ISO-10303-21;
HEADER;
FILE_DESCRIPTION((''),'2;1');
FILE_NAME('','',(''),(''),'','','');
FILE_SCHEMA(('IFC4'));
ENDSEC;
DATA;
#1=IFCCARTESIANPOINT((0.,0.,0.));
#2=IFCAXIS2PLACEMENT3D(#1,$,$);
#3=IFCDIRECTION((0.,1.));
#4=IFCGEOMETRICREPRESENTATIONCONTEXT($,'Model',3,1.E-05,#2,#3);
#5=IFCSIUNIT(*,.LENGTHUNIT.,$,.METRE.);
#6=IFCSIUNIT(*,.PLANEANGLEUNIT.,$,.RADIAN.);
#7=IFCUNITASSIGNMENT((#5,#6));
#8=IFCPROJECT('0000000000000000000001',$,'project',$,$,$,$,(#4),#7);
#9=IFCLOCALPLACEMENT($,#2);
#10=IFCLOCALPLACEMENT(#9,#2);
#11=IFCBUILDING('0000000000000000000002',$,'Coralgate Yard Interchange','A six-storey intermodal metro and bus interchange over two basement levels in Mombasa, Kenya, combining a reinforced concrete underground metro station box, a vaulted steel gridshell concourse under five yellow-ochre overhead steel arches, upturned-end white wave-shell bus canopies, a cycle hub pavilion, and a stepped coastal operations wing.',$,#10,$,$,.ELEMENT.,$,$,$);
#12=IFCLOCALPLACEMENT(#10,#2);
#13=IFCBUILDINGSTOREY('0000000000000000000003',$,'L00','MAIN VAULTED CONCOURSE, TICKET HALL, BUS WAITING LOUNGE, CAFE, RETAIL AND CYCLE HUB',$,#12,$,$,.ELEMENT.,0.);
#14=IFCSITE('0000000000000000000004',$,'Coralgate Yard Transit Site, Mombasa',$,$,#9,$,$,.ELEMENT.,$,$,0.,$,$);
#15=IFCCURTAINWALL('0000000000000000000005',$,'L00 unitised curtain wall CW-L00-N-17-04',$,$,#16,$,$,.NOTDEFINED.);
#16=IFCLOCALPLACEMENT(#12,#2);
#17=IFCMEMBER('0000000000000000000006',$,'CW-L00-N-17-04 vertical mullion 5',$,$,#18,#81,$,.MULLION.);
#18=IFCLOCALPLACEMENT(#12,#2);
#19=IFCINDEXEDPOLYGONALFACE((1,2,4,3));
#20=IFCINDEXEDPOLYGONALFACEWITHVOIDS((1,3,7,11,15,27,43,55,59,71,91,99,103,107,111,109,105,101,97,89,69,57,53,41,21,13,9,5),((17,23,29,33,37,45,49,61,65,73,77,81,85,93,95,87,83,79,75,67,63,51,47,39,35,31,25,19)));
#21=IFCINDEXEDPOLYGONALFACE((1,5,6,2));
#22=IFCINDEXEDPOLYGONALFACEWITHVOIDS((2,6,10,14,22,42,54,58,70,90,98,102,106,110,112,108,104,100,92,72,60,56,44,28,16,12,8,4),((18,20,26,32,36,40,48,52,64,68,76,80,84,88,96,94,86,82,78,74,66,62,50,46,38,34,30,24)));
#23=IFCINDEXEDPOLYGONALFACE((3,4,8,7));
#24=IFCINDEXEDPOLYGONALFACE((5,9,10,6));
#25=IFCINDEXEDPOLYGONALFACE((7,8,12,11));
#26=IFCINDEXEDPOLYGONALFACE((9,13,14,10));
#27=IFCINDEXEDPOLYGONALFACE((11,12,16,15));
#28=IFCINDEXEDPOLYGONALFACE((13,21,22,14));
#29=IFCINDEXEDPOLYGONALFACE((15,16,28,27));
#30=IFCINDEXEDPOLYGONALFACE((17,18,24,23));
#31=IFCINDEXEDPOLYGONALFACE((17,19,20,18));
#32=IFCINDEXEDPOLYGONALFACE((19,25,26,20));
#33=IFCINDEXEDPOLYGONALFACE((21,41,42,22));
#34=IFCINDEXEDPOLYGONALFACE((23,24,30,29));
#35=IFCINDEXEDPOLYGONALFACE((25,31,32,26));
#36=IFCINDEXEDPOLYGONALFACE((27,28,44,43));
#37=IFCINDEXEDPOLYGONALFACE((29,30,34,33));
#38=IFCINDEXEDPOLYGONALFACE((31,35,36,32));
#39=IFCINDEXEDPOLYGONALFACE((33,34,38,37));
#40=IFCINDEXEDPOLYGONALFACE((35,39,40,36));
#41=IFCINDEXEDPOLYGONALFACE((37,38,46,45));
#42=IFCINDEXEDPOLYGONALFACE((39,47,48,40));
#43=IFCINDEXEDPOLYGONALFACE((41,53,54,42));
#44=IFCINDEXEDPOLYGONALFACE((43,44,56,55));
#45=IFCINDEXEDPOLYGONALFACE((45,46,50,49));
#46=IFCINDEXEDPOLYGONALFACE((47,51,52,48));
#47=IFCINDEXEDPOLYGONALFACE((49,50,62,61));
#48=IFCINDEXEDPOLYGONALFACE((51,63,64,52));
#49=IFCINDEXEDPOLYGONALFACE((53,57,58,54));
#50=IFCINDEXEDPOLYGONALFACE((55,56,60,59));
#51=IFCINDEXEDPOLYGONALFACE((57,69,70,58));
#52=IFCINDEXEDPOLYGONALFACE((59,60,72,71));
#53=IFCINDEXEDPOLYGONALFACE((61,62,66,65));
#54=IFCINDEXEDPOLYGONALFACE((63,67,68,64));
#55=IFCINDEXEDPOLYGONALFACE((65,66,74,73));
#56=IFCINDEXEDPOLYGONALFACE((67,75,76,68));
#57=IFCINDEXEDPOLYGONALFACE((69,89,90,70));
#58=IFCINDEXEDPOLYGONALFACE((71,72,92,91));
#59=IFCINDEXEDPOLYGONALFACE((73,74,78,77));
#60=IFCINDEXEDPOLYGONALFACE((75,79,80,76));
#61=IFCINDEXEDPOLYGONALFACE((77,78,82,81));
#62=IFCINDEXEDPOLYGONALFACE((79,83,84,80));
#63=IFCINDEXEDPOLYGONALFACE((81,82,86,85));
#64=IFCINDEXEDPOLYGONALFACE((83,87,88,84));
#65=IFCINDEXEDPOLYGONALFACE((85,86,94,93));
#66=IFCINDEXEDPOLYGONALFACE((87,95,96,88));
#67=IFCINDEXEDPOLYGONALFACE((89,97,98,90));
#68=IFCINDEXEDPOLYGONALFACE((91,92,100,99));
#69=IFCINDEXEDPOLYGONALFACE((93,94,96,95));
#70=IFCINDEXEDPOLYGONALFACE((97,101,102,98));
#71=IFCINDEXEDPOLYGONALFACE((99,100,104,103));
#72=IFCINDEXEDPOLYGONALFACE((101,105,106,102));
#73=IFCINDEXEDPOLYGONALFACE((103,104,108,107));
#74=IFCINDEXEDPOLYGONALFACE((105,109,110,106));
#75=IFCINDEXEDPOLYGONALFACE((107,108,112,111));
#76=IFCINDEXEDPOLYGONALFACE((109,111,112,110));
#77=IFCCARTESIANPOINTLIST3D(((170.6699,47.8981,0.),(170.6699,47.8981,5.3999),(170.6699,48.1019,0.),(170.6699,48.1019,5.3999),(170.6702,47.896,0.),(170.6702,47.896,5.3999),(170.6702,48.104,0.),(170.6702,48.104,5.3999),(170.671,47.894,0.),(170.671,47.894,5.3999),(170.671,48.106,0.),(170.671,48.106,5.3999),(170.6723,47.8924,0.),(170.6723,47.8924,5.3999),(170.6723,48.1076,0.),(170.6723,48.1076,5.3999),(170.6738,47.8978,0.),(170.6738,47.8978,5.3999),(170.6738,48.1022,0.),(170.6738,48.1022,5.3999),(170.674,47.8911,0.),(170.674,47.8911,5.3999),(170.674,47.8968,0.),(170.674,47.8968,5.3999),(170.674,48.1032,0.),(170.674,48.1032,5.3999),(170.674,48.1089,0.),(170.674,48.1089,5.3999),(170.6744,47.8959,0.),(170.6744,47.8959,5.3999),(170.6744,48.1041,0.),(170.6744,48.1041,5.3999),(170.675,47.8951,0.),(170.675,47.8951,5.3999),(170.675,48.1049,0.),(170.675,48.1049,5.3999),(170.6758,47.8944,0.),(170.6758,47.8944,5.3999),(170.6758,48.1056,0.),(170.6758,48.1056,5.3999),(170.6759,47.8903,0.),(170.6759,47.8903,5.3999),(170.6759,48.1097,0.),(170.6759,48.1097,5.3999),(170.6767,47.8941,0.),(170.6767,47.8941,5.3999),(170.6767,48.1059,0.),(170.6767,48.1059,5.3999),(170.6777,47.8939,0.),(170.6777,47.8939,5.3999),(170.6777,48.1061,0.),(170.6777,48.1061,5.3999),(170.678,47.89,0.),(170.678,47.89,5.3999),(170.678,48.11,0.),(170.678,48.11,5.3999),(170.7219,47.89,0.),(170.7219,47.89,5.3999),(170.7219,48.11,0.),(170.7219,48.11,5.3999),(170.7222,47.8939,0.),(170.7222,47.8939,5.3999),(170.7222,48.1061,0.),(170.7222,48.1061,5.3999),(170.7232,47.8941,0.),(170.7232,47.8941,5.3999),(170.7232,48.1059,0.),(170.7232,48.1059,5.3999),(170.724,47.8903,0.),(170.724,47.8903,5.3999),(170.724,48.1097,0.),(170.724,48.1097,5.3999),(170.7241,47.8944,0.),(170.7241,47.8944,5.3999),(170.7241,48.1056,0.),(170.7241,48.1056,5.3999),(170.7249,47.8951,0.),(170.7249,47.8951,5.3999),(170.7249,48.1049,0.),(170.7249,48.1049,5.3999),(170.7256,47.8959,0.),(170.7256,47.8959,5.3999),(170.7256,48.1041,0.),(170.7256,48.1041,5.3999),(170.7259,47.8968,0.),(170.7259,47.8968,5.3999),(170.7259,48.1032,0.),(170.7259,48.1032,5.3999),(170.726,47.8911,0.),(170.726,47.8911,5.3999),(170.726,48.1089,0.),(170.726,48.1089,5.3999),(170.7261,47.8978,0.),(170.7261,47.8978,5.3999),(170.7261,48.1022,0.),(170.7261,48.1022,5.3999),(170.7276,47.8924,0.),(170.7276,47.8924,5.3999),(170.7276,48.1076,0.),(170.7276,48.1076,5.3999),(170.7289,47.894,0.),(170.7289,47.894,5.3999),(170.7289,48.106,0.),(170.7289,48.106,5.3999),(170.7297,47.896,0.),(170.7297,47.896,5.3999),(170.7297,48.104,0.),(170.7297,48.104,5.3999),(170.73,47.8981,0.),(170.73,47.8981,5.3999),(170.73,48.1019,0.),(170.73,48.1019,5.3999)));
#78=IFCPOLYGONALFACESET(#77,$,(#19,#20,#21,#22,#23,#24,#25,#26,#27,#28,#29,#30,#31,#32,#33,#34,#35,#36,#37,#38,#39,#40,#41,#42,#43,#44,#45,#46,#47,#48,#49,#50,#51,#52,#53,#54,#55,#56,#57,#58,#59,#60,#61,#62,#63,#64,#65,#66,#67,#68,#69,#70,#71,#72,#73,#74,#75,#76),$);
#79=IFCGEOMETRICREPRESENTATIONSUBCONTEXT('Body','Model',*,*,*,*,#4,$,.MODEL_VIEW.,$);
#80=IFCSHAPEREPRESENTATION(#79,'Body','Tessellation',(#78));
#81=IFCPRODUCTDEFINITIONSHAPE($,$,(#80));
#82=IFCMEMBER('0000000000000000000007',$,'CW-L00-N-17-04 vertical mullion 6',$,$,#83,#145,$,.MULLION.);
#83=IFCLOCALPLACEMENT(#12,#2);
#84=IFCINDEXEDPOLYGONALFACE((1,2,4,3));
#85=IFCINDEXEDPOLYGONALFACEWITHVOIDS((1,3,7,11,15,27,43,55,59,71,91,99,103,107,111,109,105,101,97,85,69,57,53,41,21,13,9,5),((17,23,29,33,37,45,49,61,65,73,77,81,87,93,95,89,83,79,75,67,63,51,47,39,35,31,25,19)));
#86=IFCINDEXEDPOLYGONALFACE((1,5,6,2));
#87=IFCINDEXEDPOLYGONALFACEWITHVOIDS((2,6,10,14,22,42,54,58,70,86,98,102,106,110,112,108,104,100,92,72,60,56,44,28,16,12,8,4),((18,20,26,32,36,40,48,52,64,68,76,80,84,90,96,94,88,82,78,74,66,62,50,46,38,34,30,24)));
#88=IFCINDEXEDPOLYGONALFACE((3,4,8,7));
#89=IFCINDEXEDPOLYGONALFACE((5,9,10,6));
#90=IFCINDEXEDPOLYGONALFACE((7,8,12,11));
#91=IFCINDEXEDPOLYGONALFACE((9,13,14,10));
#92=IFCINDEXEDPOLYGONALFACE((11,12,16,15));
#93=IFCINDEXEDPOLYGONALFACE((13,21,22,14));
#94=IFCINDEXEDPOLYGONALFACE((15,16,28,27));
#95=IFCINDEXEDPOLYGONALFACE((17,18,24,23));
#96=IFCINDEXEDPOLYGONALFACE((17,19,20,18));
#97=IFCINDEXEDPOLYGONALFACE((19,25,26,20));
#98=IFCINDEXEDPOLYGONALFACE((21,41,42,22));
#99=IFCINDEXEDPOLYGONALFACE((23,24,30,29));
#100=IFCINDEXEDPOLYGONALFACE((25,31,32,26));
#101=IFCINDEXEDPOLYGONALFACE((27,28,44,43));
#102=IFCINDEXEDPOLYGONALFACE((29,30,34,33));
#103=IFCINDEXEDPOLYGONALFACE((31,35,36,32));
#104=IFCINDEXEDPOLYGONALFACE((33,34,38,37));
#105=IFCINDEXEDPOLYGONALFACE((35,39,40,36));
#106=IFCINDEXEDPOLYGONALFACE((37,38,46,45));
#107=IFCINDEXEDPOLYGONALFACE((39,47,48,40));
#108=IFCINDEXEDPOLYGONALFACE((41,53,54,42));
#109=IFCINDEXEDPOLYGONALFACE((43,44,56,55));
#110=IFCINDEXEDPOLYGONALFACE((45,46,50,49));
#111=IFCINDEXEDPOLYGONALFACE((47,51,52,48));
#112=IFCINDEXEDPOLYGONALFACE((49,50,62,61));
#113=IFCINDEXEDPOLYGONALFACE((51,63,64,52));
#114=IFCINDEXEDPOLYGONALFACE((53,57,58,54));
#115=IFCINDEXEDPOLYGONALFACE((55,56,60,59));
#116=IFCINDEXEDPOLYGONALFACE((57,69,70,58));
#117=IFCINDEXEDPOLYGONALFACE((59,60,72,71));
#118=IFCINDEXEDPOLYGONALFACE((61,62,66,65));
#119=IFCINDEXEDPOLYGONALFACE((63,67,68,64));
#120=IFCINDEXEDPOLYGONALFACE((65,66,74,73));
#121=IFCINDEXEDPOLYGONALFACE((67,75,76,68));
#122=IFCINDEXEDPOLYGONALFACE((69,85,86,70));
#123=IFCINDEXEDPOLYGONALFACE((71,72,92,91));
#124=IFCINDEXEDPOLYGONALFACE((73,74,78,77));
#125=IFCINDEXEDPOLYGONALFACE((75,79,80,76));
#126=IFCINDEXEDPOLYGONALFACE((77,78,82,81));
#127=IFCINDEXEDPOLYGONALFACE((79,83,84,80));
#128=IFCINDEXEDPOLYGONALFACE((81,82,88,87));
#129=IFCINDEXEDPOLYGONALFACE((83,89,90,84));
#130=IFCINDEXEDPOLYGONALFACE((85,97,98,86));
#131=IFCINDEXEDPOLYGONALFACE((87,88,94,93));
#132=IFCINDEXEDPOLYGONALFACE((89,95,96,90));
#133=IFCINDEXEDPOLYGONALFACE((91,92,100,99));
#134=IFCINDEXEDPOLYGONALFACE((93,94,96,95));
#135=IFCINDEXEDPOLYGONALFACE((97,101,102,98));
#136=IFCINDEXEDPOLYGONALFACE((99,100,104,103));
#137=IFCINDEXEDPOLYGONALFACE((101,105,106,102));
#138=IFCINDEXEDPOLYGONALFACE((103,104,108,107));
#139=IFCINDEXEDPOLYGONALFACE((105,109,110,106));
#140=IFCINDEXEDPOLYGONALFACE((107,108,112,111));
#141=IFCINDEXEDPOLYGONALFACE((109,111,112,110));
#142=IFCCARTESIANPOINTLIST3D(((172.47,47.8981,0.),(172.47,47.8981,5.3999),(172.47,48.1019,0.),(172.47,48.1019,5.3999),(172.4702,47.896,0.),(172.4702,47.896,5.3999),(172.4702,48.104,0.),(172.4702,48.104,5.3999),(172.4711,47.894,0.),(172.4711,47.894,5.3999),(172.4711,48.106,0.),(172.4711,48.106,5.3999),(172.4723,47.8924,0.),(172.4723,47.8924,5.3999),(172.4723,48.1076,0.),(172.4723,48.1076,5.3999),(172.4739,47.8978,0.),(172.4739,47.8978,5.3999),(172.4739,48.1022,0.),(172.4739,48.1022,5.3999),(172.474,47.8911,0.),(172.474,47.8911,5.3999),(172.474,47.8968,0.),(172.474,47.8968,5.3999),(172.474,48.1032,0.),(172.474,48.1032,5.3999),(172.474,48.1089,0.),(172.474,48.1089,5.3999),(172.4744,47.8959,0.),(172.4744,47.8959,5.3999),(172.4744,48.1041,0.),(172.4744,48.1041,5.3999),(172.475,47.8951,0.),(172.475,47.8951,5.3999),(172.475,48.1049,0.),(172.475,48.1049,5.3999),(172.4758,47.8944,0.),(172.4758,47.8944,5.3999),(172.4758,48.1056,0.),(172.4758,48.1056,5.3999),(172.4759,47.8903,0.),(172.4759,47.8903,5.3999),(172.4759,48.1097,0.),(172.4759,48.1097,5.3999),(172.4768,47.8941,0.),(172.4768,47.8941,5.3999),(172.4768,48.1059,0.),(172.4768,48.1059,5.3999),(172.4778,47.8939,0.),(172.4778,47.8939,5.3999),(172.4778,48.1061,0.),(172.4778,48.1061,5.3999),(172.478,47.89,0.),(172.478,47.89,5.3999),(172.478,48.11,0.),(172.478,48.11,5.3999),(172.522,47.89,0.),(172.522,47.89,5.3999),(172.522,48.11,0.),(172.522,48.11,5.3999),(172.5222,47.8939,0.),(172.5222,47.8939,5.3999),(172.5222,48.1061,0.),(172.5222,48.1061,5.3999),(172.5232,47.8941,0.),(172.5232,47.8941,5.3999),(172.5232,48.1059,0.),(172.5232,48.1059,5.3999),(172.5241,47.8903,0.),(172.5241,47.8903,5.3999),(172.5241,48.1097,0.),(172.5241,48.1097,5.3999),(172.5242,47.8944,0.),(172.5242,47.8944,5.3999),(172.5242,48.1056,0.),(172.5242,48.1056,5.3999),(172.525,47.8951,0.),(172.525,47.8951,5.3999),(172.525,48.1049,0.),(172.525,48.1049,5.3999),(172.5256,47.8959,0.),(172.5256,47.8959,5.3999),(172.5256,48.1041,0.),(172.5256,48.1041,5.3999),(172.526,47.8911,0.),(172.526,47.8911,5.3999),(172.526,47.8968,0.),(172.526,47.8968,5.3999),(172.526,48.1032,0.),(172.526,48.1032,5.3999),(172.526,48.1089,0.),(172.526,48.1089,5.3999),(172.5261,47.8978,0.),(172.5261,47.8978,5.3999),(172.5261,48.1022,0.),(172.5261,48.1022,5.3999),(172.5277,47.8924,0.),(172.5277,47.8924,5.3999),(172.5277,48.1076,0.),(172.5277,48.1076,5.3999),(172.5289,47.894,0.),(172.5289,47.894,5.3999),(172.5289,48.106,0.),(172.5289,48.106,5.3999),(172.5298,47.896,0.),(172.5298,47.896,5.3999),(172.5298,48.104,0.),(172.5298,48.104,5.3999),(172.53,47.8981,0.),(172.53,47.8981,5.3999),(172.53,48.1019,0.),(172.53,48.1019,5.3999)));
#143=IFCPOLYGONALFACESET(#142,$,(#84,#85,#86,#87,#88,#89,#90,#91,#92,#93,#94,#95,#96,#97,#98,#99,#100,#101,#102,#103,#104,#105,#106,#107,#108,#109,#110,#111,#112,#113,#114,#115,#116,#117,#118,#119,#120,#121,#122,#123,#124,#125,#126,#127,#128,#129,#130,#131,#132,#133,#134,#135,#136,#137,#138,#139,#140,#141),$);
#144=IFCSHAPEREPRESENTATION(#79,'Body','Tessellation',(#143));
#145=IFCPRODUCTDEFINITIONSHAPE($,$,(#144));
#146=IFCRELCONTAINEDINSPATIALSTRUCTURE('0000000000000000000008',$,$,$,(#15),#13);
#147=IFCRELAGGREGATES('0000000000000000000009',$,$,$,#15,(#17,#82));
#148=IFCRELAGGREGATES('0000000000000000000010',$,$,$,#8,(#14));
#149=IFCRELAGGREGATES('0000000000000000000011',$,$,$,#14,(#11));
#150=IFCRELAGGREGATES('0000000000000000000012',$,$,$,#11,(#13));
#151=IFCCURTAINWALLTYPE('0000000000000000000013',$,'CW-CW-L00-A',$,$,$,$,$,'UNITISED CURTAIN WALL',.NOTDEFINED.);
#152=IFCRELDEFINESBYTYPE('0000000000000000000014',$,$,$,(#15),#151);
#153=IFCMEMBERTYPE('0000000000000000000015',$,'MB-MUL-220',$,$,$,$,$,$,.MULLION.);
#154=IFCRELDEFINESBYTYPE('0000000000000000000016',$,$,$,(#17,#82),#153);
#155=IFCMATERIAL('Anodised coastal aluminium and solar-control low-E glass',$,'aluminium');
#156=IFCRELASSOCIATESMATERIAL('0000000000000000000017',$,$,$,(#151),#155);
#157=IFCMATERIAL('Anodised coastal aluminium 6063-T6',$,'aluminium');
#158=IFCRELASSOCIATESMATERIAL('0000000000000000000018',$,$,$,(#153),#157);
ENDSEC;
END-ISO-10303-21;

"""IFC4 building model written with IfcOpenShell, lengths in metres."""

from ifc_helpers import new_model, si_unit, direction, frame, origin, origin_2d, place, context, subcontext, project, spatial, hollow_rectangle, extrude, material, material_profile, profile_set, type_object, element, aggregate, save


model = new_model("IFC4")

# Units and contexts
model_context = context("Model", 3, precision=1e-05, world=origin(), true_north=direction((0.0, 1.0)))
body_context = subcontext(model_context, "Body", "Model", "MODEL_VIEW")
ifc_project = project(units=[si_unit("LENGTHUNIT", "METRE"), si_unit("PLANEANGLEUNIT", "RADIAN")], contexts=[model_context])

# Site, building, storey
site_placement = place(None, origin())
site = spatial("IfcSite", under=ifc_project, at=site_placement, Name="Coralgate Yard Transit Site, Mombasa", CompositionType="ELEMENT", RefElevation=0.0)
building_placement = place(site_placement, origin())
building = spatial("IfcBuilding", under=site, at=building_placement, Name="Coralgate Yard Interchange", Description="A six-storey intermodal metro and bus interchange over two basement levels in Mombasa, Kenya, combining a reinforced concrete underground metro station box, a vaulted steel gridshell concourse under five yellow-ochre overhead steel arches, upturned-end white wave-shell bus canopies, a cycle hub pavilion, and a stepped coastal operations wing.", CompositionType="ELEMENT")
storey_placement = place(building_placement, origin())
storey = spatial("IfcBuildingStorey", under=building, at=storey_placement, Name="L00", Description="MAIN VAULTED CONCOURSE, TICKET HALL, BUS WAITING LOUNGE, CAFE, RETAIL AND CYCLE HUB", CompositionType="ELEMENT", Elevation=0.0)

# Curtain wall, members
ifc_material_1 = material(Name="Anodised coastal aluminium and solar-control low-E glass", Category="aluminium")
curtain_wall_type_1 = type_object("IfcCurtainWallType", Name="CW-CW-L00-A", ElementType="UNITISED CURTAIN WALL", PredefinedType="NOTDEFINED", material=ifc_material_1)
curtain_wall_1_placement = place(storey_placement, origin())
curtain_wall_1 = element("IfcCurtainWall", 1, at=curtain_wall_1_placement, inside=storey, type_object=curtain_wall_type_1, Name="L00 unitised curtain wall CW-L00-N-17-04", PredefinedType="NOTDEFINED")
ifc_material_2 = material(Name="Anodised coastal aluminium 6063-T6", Category="aluminium")
ifc_material_profile_1 = material_profile(ifc_material_2, hollow_rectangle(XDim=0.0601, YDim=0.22, WallThickness=0.0039, InnerFilletRadius=0.0039, OuterFilletRadius=0.0081, at=origin_2d()), Name="ALU 60x220x4")
ifc_profile_set_1 = profile_set([ifc_material_profile_1], Name="Anodised coastal aluminium 6063-T6")
member_type_1 = type_object("IfcMemberType", Name="MB-MUL-220", PredefinedType="MULLION", material=ifc_profile_set_1)
member_1_placement = place(storey_placement, frame((170.7, 48.0, 0.0), z_axis=(0.0, 0.0, 1.0), x_axis=(1.0, 0.0, 0.0)))
member_1 = element("IfcMember", 2, at=member_1_placement, type_object=member_type_1, Name="CW-L00-N-17-04 vertical mullion 5", PredefinedType="MULLION", context=body_context, shape_type="SweptSolid", body=[
    extrude(hollow_rectangle(XDim=0.0601, YDim=0.22, WallThickness=0.0039, InnerFilletRadius=0.0039, OuterFilletRadius=0.0081, at=origin_2d()), origin(), (0.0, 0.0, 1.0), 5.3999),
])
member_2_placement = place(storey_placement, frame((172.5, 48.0, 0.0), z_axis=(0.0, 0.0, 1.0), x_axis=(1.0, 0.0, 0.0)))
member_2 = element("IfcMember", 3, at=member_2_placement, type_object=member_type_1, Name="CW-L00-N-17-04 vertical mullion 6", PredefinedType="MULLION", context=body_context, shape_type="SweptSolid", body=[
    extrude(hollow_rectangle(XDim=0.0601, YDim=0.22, WallThickness=0.0039, InnerFilletRadius=0.0039, OuterFilletRadius=0.0081, at=origin_2d()), origin(), (0.0, 0.0, 1.0), 5.3999),
])

aggregate(curtain_wall_1, [member_1, member_2])

save(model, "model.ifc")
